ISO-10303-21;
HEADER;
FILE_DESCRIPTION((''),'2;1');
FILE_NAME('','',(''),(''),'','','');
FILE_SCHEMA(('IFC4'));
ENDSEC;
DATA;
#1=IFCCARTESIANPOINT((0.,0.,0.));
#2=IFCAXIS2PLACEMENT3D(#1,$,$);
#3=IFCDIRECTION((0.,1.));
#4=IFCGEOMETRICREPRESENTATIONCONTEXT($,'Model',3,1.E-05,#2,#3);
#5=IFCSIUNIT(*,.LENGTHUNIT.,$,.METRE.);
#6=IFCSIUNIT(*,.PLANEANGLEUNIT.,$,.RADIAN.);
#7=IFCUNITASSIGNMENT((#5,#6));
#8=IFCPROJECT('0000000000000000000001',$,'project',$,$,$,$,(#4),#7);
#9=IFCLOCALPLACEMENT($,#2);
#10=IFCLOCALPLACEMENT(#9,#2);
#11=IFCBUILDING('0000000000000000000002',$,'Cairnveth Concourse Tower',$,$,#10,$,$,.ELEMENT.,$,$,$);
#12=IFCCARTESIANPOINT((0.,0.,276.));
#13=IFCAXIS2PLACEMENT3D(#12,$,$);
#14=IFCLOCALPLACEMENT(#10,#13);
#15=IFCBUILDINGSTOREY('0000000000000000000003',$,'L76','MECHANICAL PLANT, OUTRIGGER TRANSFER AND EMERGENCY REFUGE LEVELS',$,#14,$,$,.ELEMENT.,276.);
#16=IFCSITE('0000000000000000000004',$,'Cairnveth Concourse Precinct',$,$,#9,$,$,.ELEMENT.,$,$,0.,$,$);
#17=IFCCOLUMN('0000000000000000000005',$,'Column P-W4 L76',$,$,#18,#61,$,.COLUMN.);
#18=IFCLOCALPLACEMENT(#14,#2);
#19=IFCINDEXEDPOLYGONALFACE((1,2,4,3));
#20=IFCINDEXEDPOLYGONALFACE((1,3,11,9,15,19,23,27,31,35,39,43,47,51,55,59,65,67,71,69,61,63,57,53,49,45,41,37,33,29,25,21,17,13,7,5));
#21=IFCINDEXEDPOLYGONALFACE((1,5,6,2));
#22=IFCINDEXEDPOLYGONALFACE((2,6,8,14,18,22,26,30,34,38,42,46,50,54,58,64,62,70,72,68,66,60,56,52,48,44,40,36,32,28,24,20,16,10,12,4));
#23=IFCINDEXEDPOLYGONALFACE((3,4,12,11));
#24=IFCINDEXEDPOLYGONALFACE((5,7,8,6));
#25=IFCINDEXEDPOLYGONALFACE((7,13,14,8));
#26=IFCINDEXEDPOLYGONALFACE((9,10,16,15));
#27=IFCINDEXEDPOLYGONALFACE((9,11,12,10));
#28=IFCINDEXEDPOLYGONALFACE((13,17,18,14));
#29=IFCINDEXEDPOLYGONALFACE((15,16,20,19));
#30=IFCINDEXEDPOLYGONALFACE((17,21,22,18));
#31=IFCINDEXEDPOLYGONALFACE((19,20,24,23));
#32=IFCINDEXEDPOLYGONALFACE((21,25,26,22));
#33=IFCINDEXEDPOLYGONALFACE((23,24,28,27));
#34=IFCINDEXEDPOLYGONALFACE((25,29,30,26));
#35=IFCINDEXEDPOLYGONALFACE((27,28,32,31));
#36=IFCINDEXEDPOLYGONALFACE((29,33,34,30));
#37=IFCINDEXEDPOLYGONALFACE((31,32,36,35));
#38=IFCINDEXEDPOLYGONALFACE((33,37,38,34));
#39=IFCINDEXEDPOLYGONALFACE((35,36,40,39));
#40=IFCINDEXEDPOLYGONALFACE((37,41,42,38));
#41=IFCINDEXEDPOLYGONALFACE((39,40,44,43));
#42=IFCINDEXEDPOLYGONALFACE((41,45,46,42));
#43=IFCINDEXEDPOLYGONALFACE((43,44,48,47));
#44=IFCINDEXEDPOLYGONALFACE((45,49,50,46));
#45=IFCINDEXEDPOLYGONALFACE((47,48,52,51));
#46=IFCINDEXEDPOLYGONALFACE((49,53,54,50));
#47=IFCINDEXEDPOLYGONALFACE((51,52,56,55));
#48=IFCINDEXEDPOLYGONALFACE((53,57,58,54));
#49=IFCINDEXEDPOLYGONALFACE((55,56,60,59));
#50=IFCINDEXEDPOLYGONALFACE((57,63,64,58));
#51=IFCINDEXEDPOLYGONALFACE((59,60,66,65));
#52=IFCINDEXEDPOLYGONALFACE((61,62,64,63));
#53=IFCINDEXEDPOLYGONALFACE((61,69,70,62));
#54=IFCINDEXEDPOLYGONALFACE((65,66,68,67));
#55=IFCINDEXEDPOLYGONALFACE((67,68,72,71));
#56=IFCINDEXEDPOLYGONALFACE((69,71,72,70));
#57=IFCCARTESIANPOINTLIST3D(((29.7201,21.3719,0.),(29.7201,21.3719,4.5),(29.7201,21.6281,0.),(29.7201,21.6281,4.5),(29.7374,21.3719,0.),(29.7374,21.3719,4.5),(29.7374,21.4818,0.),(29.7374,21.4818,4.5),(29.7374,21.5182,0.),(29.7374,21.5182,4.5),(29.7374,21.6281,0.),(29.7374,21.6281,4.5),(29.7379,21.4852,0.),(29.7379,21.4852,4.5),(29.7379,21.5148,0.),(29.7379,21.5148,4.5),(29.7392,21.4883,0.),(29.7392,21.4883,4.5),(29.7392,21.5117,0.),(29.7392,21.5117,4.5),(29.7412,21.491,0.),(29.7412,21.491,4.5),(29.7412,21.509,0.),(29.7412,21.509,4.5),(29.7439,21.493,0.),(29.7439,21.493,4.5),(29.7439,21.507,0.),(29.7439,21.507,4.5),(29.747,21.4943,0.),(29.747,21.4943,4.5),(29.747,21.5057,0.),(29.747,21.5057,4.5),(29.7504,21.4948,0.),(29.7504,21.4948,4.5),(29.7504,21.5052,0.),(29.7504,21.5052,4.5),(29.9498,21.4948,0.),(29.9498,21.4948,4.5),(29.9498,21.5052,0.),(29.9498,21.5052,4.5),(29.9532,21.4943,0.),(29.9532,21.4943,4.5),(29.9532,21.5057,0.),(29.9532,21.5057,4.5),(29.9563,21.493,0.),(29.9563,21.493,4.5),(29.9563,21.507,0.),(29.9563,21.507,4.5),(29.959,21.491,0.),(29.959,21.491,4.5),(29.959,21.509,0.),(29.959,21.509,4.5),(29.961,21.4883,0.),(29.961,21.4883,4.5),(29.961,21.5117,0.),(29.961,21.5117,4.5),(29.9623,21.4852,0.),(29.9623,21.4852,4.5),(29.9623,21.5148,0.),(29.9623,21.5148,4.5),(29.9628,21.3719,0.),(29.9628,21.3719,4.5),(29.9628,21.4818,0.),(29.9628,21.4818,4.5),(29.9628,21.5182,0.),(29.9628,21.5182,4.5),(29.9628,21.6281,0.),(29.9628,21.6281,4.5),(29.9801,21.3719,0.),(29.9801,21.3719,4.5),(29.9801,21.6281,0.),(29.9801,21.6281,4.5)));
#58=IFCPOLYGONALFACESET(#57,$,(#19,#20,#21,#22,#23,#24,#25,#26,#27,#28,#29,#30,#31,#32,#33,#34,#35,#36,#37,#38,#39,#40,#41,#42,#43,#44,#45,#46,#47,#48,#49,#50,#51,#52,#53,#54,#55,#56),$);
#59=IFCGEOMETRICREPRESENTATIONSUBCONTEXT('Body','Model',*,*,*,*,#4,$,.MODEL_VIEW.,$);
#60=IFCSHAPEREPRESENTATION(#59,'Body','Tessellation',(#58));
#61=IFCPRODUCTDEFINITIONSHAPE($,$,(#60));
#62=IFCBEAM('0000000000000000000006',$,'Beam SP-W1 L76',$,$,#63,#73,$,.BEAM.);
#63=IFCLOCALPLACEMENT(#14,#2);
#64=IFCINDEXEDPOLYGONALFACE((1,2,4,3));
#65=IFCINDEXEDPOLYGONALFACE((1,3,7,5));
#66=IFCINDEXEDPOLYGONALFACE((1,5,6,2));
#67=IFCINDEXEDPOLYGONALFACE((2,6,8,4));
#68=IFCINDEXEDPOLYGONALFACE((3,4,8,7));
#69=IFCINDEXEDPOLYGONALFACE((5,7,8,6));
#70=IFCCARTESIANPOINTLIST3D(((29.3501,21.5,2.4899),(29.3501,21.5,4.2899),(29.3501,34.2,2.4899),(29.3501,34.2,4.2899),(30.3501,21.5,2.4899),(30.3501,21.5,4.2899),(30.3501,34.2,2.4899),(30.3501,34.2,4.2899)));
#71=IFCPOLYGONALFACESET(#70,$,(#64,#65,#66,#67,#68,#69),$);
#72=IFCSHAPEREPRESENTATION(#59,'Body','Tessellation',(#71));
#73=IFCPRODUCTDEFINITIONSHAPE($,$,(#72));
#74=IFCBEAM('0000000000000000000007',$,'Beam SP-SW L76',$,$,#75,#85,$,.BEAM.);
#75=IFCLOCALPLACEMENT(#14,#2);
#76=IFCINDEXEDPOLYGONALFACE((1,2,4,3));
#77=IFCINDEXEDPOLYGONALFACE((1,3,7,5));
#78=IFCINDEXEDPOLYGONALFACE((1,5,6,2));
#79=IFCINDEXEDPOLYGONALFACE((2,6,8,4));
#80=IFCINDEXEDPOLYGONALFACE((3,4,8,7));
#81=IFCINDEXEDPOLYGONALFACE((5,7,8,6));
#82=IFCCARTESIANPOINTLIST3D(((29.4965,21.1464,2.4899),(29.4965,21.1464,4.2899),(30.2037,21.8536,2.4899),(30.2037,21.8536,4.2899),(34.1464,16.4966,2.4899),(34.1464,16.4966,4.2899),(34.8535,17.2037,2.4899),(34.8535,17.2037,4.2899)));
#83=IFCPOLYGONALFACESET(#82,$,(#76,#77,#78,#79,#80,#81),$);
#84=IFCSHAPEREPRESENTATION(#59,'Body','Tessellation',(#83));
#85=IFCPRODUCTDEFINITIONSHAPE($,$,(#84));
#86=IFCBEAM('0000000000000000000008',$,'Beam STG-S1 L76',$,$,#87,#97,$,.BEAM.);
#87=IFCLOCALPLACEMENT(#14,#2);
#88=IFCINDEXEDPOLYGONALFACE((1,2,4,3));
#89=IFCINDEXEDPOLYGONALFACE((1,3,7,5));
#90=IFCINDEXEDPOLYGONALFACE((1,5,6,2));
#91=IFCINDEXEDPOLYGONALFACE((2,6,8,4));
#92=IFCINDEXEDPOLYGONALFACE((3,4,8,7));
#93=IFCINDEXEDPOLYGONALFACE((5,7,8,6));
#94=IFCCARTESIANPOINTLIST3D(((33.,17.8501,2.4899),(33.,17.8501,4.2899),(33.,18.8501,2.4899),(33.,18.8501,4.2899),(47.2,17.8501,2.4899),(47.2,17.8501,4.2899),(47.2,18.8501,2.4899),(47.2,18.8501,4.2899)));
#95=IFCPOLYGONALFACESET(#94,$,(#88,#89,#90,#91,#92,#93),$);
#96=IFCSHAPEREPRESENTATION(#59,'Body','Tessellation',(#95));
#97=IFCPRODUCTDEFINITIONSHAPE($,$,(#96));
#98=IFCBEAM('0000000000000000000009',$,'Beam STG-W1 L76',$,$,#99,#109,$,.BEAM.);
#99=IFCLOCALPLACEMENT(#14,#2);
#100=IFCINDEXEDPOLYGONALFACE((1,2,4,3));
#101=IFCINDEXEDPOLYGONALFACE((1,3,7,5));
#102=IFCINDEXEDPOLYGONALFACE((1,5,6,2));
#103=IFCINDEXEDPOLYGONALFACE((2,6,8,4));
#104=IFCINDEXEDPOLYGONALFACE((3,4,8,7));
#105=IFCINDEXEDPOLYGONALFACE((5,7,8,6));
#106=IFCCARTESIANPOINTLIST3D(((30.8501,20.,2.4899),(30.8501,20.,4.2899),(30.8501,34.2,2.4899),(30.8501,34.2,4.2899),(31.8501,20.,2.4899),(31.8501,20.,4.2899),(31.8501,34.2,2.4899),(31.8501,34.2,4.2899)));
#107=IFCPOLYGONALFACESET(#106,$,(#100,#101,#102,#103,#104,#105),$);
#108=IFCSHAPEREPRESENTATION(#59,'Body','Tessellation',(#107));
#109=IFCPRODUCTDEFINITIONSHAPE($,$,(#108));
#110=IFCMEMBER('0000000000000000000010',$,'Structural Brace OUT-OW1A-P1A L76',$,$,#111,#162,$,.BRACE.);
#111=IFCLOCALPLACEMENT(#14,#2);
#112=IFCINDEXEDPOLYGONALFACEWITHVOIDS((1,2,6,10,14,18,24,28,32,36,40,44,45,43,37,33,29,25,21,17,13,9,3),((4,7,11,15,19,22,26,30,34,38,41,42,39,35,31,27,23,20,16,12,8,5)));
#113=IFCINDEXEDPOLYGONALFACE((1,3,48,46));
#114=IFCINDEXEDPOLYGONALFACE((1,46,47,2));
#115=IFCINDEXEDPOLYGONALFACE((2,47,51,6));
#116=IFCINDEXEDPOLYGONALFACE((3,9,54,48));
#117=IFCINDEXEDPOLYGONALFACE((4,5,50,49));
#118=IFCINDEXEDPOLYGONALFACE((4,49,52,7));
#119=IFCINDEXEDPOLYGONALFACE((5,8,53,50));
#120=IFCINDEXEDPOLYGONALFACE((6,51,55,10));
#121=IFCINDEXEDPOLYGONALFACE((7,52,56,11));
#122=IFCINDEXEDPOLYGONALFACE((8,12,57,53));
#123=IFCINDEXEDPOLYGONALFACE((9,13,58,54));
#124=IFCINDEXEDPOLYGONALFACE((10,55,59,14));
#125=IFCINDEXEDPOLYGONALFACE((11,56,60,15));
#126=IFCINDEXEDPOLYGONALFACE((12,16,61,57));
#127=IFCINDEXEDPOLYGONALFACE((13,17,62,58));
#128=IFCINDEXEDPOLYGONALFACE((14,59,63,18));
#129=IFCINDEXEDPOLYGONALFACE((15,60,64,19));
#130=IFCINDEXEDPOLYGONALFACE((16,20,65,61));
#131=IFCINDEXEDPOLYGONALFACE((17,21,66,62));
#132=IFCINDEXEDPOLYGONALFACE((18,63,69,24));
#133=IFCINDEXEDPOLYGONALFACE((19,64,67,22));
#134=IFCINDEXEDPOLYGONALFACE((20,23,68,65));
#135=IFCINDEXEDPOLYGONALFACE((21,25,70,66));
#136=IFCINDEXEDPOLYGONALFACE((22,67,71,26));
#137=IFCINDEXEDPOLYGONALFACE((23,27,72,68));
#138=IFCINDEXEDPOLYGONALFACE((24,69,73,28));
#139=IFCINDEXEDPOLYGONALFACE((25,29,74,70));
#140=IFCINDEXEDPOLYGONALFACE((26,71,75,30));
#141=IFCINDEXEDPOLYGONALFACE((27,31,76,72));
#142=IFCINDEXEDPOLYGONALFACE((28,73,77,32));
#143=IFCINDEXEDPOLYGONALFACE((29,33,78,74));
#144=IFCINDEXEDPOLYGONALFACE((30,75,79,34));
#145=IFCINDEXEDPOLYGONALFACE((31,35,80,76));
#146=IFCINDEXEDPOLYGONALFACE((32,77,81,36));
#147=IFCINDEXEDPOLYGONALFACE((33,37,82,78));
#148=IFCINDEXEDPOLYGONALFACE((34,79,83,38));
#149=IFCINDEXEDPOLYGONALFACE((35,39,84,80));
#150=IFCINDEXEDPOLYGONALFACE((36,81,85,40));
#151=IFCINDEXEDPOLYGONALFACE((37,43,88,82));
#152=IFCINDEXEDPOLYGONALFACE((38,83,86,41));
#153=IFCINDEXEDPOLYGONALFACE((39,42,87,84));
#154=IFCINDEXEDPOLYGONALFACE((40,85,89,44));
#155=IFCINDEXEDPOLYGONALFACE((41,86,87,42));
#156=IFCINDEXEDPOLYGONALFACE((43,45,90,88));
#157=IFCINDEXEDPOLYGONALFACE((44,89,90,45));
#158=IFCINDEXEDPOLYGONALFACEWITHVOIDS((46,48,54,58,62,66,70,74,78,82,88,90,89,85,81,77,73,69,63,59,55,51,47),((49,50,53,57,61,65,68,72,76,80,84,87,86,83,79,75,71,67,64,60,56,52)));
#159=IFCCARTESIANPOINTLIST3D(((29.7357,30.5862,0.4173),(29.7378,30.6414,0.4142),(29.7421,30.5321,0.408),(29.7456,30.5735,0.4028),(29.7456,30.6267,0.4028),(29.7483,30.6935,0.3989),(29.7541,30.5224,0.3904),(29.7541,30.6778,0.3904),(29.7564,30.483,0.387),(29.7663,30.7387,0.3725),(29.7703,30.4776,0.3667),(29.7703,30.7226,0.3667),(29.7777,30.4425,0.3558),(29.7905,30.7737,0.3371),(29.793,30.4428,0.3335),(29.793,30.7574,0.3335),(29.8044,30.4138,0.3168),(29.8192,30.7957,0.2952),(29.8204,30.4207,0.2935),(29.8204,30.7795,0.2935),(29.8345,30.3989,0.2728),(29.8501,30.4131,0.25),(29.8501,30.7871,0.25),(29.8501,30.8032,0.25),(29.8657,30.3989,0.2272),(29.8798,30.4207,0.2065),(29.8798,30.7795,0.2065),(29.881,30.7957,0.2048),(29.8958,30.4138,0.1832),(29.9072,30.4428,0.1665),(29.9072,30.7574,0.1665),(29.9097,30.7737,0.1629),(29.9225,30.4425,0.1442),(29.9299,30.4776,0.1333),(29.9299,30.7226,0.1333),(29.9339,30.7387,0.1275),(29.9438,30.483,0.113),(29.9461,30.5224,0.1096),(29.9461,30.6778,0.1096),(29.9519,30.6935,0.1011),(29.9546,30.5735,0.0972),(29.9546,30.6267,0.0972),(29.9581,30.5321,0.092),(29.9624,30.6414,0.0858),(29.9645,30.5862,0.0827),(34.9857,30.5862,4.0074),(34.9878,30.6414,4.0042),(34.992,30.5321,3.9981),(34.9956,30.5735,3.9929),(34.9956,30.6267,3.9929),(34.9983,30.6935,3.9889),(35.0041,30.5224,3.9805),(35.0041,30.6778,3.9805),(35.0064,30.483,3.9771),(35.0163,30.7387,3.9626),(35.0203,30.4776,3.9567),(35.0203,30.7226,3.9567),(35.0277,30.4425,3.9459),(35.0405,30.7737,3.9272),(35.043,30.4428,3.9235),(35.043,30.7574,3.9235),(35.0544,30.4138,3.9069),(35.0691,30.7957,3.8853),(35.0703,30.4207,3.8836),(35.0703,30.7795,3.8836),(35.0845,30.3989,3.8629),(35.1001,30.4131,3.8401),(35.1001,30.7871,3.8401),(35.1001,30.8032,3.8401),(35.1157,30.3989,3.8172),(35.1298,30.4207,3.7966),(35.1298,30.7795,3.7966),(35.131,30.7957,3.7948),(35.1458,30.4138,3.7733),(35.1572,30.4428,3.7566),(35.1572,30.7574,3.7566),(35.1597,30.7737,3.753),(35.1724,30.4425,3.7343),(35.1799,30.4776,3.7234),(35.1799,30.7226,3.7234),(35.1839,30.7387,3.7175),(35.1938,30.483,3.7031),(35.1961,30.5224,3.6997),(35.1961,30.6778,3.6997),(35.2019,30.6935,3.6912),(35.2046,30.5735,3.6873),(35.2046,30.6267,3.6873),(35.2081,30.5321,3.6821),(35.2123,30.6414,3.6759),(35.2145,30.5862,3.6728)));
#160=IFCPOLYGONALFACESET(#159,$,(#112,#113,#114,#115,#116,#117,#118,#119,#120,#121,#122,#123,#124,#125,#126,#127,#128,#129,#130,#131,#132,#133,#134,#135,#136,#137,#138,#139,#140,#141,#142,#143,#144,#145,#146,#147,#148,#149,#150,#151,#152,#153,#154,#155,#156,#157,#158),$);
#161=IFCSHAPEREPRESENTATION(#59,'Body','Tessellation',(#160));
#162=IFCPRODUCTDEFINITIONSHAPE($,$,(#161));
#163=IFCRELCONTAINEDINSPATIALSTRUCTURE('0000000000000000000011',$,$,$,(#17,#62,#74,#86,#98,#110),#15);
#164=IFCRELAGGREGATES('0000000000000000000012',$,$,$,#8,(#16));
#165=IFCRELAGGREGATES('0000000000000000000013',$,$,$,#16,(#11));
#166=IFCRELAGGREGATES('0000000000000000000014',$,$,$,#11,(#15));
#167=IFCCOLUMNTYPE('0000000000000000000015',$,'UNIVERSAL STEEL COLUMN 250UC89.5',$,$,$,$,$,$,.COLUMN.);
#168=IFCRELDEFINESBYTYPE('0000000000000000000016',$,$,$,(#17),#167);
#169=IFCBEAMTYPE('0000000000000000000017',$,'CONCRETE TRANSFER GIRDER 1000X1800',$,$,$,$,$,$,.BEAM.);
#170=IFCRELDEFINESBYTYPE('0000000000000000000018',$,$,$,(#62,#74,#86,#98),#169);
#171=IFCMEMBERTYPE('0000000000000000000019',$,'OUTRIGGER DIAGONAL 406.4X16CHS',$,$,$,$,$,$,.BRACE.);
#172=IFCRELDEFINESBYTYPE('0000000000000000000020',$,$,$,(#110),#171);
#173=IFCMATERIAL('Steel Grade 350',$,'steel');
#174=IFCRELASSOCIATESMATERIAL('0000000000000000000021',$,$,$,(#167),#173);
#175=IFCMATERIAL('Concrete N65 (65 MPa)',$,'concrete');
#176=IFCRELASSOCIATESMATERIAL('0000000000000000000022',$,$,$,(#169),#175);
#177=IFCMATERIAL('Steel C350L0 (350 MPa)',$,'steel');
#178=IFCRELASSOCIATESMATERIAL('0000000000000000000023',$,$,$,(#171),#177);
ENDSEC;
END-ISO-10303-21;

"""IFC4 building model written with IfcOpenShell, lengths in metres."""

from ifc_helpers import new_model, si_unit, direction, frame, origin, origin_2d, place, context, subcontext, project, spatial, rectangle, hollow_circle, i_section, extrude, material, material_profile, profile_set, type_object, element, save


model = new_model("IFC4")

# Units and contexts
model_context = context("Model", 3, precision=1e-05, world=origin(), true_north=direction((0.0, 1.0)))
body_context = subcontext(model_context, "Body", "Model", "MODEL_VIEW")
ifc_project = project(units=[si_unit("LENGTHUNIT", "METRE"), si_unit("PLANEANGLEUNIT", "RADIAN")], contexts=[model_context])

# Site, building, storey
site_placement = place(None, origin())
site = spatial("IfcSite", under=ifc_project, at=site_placement, Name="Cairnveth Concourse Precinct", CompositionType="ELEMENT", RefElevation=0.0)
building_placement = place(site_placement, origin())
building = spatial("IfcBuilding", under=site, at=building_placement, Name="Cairnveth Concourse Tower", CompositionType="ELEMENT")
storey_placement = place(building_placement, frame((0.0, 0.0, 276.0)))
storey = spatial("IfcBuildingStorey", under=building, at=storey_placement, Name="L76", Description="MECHANICAL PLANT, OUTRIGGER TRANSFER AND EMERGENCY REFUGE LEVELS", CompositionType="ELEMENT", Elevation=276.0)

# Column
ifc_material_1 = material(Name="Steel Grade 350", Category="steel")
ifc_material_profile_1 = material_profile(ifc_material_1, i_section(OverallWidth=0.2561, OverallDepth=0.26, WebThickness=0.0105, FlangeThickness=0.0173, FilletRadius=0.0129, at=origin_2d()), Name="250UC89.5")
ifc_profile_set_1 = profile_set([ifc_material_profile_1], Name="Steel Grade 350")
column_type = type_object("IfcColumnType", Name="UNIVERSAL STEEL COLUMN 250UC89.5", PredefinedType="COLUMN", material=ifc_profile_set_1)
column_placement = place(storey_placement, frame((29.8501, 21.5, 0.0), z_axis=(0.0, 0.0, 1.0), x_axis=(0.0, 1.0, 0.0)))
element("IfcColumn", 1, at=column_placement, inside=storey, type_object=column_type, Name="Column P-W4 L76", PredefinedType="COLUMN", context=body_context, shape_type="SweptSolid", body=[
    extrude(i_section(OverallWidth=0.2561, OverallDepth=0.26, WebThickness=0.0105, FlangeThickness=0.0173, FilletRadius=0.0129, at=origin_2d()), origin(), (0.0, 0.0, 1.0), 4.5),
])

# Beams
ifc_material_2 = material(Name="Concrete N65 (65 MPa)", Category="concrete")
ifc_material_profile_2 = material_profile(ifc_material_2, rectangle(XDim=1.0, YDim=1.8, at=origin_2d()), Name="RC-TB-1000x1800")
ifc_profile_set_2 = profile_set([ifc_material_profile_2], Name="Concrete N65 (65 MPa)")
beam_type_1 = type_object("IfcBeamType", Name="CONCRETE TRANSFER GIRDER 1000X1800", PredefinedType="BEAM", material=ifc_profile_set_2)
beam_1_placement = place(storey_placement, frame((29.8501, 21.5, 3.3899), z_axis=(0.0, 1.0, 0.0), x_axis=(-1.0, 0.0, 0.0)))
element("IfcBeam", 2, at=beam_1_placement, inside=storey, type_object=beam_type_1, Name="Beam SP-W1 L76", PredefinedType="BEAM", context=body_context, shape_type="SweptSolid", body=[
    extrude(rectangle(XDim=1.0, YDim=1.8, at=origin_2d()), origin(), (0.0, 0.0, 1.0), 12.7),
])
beam_2_placement = place(storey_placement, frame((29.8501, 21.5, 3.3899), z_axis=(0.707107, -0.707107, 0.0), x_axis=(0.707107, 0.707107, 0.0)))
element("IfcBeam", 3, at=beam_2_placement, inside=storey, type_object=beam_type_1, Name="Beam SP-SW L76", PredefinedType="BEAM", context=body_context, shape_type="SweptSolid", body=[
    extrude(rectangle(XDim=1.0, YDim=1.8, at=origin_2d()), origin(), (0.0, 0.0, 1.0), 6.5759),
])
for number, where, z_axis, x_axis, name in (
    (4, (33.0, 18.3501, 3.3899), (1.0, 0.0, 0.0), (0.0, 1.0, 0.0), "Beam STG-S1 L76"),
    (5, (31.3501, 20.0, 3.3899), (0.0, 1.0, 0.0), (-1.0, 0.0, 0.0), "Beam STG-W1 L76"),
):
    element("IfcBeam", number, at=place(storey_placement, frame(where, z_axis=z_axis, x_axis=x_axis)), inside=storey, type_object=beam_type_1, Name=name, PredefinedType="BEAM", context=body_context, shape_type="SweptSolid", body=[
        extrude(rectangle(XDim=1.0, YDim=1.8, at=origin_2d()), origin(), (0.0, 0.0, 1.0), 14.2),
    ])

# Member
ifc_material_3 = material(Name="Steel C350L0 (350 MPa)", Category="steel")
ifc_material_profile_3 = material_profile(ifc_material_3, hollow_circle(Radius=0.2031, WallThickness=0.0161, at=origin_2d()), Name="406.4x16.0CHS")
ifc_profile_set_3 = profile_set([ifc_material_profile_3], Name="Steel C350L0 (350 MPa)")
member_type_1 = type_object("IfcMemberType", Name="OUTRIGGER DIAGONAL 406.4X16CHS", PredefinedType="BRACE", material=ifc_profile_set_3)
member_1_placement = place(storey_placement, frame((29.8501, 30.6001, 0.25), z_axis=(0.825455, 0.0, 0.564468), x_axis=(0.0, 1.0, 0.0)))
element("IfcMember", 6, at=member_1_placement, inside=storey, type_object=member_type_1, Name="Structural Brace OUT-OW1A-P1A L76", PredefinedType="BRACE", context=body_context, shape_type="SweptSolid", body=[
    extrude(hollow_circle(Radius=0.2031, WallThickness=0.0161, at=origin_2d()), origin(), (0.0, 0.0, 1.0), 6.3601),
])

save(model, "model.ifc")
